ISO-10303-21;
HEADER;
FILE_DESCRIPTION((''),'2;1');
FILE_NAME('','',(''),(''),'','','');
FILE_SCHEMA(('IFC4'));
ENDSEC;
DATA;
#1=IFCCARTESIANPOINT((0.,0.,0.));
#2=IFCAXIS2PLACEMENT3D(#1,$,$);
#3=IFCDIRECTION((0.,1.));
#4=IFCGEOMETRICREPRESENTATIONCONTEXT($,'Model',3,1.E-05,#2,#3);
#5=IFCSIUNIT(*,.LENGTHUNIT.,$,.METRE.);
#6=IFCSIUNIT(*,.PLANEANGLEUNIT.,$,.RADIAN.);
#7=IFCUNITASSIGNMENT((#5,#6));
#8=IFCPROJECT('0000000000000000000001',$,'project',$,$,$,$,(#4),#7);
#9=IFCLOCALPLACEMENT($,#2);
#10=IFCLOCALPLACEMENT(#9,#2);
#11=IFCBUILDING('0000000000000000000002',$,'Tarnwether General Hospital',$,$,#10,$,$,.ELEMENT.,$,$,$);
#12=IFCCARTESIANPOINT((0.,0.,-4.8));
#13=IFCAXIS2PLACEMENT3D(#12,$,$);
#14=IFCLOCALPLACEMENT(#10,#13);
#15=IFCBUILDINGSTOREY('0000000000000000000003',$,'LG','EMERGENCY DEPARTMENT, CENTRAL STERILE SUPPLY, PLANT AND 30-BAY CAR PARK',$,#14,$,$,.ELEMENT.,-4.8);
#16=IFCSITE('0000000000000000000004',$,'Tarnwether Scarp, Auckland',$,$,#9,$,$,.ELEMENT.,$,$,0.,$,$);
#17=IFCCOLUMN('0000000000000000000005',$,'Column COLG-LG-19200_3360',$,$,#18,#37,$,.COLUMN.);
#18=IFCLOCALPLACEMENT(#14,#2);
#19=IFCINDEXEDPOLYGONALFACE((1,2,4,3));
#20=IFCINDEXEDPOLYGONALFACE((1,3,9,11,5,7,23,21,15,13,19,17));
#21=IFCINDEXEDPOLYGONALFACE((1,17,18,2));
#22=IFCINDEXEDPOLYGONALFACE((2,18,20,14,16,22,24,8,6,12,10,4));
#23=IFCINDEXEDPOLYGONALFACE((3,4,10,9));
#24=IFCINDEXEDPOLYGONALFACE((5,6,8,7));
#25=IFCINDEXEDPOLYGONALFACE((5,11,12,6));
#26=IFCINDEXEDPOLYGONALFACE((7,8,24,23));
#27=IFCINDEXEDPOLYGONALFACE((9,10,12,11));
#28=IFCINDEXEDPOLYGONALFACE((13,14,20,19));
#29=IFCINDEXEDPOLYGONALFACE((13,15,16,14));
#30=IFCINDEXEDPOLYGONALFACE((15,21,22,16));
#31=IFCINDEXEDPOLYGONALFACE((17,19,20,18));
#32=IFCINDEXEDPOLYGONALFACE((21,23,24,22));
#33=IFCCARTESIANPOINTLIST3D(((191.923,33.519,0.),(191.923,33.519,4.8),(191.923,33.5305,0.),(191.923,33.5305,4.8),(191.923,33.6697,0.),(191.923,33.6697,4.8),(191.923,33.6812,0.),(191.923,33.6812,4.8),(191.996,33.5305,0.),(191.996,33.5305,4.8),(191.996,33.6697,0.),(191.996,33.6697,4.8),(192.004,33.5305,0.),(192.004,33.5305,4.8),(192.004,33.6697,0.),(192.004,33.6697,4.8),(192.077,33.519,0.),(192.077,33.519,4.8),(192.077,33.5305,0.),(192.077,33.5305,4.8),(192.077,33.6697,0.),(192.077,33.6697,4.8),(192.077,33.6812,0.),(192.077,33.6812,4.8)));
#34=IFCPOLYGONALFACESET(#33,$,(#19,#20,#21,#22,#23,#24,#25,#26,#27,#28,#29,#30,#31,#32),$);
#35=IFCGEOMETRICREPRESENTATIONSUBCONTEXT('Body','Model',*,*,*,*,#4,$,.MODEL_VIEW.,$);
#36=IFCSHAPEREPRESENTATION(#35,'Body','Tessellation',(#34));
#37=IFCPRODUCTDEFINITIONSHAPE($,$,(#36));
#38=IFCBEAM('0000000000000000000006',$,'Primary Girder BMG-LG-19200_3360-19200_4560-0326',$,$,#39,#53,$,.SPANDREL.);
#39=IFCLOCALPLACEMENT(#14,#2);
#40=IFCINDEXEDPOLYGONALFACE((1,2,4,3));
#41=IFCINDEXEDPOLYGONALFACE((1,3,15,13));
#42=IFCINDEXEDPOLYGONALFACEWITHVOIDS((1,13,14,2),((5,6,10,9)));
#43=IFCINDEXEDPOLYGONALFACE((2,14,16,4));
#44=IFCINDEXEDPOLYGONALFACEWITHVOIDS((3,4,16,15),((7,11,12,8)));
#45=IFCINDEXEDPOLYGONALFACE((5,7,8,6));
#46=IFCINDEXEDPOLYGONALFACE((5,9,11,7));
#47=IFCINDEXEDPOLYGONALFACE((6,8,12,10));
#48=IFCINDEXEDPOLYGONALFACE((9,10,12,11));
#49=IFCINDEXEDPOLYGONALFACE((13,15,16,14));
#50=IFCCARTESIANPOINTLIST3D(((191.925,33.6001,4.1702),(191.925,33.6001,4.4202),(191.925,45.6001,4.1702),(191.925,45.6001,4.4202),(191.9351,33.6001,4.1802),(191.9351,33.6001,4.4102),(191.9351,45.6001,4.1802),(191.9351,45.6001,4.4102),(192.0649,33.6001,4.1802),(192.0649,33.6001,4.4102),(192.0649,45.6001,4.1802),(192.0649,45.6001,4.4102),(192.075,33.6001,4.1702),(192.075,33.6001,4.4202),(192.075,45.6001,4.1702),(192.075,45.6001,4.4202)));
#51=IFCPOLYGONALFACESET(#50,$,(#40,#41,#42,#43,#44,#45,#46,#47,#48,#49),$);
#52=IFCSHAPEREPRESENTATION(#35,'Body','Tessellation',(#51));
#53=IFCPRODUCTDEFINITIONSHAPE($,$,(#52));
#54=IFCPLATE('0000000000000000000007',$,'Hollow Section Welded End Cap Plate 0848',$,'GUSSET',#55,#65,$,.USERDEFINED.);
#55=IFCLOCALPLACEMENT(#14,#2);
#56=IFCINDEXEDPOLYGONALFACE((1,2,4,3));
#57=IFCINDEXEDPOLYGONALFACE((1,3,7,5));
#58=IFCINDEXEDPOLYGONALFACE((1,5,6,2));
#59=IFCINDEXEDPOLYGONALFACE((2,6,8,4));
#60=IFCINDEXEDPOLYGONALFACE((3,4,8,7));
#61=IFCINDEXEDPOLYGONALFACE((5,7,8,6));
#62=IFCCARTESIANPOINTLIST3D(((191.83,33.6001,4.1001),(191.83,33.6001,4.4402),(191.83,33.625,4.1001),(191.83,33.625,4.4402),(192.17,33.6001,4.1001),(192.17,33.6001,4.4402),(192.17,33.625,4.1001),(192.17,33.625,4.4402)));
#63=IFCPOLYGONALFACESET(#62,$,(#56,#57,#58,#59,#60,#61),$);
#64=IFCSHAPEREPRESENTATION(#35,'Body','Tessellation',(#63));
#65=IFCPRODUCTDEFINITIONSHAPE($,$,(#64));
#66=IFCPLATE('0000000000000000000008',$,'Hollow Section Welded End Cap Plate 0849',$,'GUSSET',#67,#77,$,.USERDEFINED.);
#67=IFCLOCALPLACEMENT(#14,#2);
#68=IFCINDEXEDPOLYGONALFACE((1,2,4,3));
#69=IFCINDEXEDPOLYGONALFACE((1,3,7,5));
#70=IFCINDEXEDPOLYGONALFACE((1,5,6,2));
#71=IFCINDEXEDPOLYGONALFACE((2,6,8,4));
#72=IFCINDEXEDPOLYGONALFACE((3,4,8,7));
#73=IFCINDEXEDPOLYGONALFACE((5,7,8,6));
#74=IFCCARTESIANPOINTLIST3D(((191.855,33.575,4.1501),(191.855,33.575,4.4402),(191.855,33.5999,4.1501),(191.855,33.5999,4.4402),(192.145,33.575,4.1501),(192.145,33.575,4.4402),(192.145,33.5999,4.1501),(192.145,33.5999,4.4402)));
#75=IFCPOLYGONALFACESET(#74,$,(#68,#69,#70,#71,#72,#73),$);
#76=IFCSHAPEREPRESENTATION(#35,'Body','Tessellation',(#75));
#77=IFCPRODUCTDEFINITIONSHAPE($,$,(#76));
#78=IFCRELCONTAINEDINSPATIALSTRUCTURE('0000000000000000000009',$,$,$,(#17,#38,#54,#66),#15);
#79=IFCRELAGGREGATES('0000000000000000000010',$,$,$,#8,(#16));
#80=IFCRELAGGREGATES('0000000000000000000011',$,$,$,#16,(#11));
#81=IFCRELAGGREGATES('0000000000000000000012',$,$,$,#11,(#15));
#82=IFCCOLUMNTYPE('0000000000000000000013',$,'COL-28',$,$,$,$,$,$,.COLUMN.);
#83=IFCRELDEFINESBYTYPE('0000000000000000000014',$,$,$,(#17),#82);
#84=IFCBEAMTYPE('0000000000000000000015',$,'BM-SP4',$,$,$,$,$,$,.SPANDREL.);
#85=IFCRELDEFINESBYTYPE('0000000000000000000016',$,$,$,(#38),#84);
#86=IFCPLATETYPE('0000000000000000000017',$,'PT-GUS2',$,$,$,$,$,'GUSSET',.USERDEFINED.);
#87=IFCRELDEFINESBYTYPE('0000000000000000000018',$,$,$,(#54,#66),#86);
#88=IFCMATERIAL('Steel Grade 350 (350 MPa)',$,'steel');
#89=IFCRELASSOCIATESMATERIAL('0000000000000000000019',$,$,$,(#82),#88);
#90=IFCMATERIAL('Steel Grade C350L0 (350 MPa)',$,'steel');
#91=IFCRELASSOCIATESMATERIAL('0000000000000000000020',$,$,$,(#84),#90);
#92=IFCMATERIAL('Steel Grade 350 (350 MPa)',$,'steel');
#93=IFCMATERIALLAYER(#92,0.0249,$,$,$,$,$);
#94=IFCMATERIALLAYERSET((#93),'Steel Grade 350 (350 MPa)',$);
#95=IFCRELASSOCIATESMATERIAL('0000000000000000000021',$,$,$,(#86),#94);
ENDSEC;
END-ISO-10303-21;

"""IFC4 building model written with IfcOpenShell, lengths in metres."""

from ifc_helpers import new_model, si_unit, direction, frame, origin, origin_2d, place, context, subcontext, project, spatial, rectangle, hollow_rectangle, i_section, extrude, material, layer, layer_set, material_profile, profile_set, type_object, element, save


model = new_model("IFC4")

# Units and contexts
model_context = context("Model", 3, precision=1e-05, world=origin(), true_north=direction((0.0, 1.0)))
body_context = subcontext(model_context, "Body", "Model", "MODEL_VIEW")
ifc_project = project(units=[si_unit("LENGTHUNIT", "METRE"), si_unit("PLANEANGLEUNIT", "RADIAN")], contexts=[model_context])

# Site, building, storey
site_placement = place(None, origin())
site = spatial("IfcSite", under=ifc_project, at=site_placement, Name="Tarnwether Scarp, Auckland", CompositionType="ELEMENT", RefElevation=0.0)
building_placement = place(site_placement, origin())
building = spatial("IfcBuilding", under=site, at=building_placement, Name="Tarnwether General Hospital", CompositionType="ELEMENT")
storey_placement = place(building_placement, frame((0.0, 0.0, -4.8)))
storey = spatial("IfcBuildingStorey", under=building, at=storey_placement, Name="LG", Description="EMERGENCY DEPARTMENT, CENTRAL STERILE SUPPLY, PLANT AND 30-BAY CAR PARK", CompositionType="ELEMENT", Elevation=-4.8)

# Column
ifc_material_1 = material(Name="Steel Grade 350 (350 MPa)", Category="steel")
ifc_material_profile_1 = material_profile(ifc_material_1, i_section(OverallWidth=0.1541, OverallDepth=0.1621, WebThickness=0.0081, FlangeThickness=0.0115, at=origin_2d()), Name="150UC37.2")
ifc_profile_set_1 = profile_set([ifc_material_profile_1], Name="Steel Grade 350 (350 MPa)")
column_type = type_object("IfcColumnType", Name="COL-28", PredefinedType="COLUMN", material=ifc_profile_set_1)
column_placement = place(storey_placement, frame((192.0, 33.6001, 0.0), z_axis=(0.0, 0.0, 1.0), x_axis=(1.0, 0.0, 0.0)))
element("IfcColumn", 1, at=column_placement, inside=storey, type_object=column_type, Name="Column COLG-LG-19200_3360", PredefinedType="COLUMN", context=body_context, shape_type="SweptSolid", body=[
    extrude(i_section(OverallWidth=0.1541, OverallDepth=0.1621, WebThickness=0.0081, FlangeThickness=0.0115, at=origin_2d()), origin(), (0.0, 0.0, 1.0), 4.8),
])

# Beam
ifc_material_2 = material(Name="Steel Grade C350L0 (350 MPa)", Category="steel")
ifc_material_profile_2 = material_profile(ifc_material_2, hollow_rectangle(XDim=0.1499, YDim=0.25, WallThickness=0.01, at=origin_2d()), Name="RHS250x150x10")
ifc_profile_set_2 = profile_set([ifc_material_profile_2], Name="Steel Grade C350L0 (350 MPa)")
beam_type = type_object("IfcBeamType", Name="BM-SP4", PredefinedType="SPANDREL", material=ifc_profile_set_2)
beam_placement = place(storey_placement, frame((192.0, 33.6001, 4.2952), z_axis=(0.0, 1.0, 0.0), x_axis=(-1.0, 0.0, 0.0)))
element("IfcBeam", 2, at=beam_placement, inside=storey, type_object=beam_type, Name="Primary Girder BMG-LG-19200_3360-19200_4560-0326", PredefinedType="SPANDREL", context=body_context, shape_type="SweptSolid", body=[
    extrude(hollow_rectangle(XDim=0.1499, YDim=0.25, WallThickness=0.01, at=origin_2d()), origin(), (0.0, 0.0, 1.0), 12.0),
])

# Plates
ifc_material_3 = material(Name="Steel Grade 350 (350 MPa)", Category="steel")
ifc_layer = layer(ifc_material_3, 0.0249)
ifc_layer_set = layer_set([ifc_layer], Name="Steel Grade 350 (350 MPa)")
plate_type = type_object("IfcPlateType", Name="PT-GUS2", ElementType="GUSSET", PredefinedType="USERDEFINED", material=ifc_layer_set)
plate_1_placement = place(storey_placement, frame((192.0, 33.6125, 4.1001), z_axis=(0.0, 0.0, 1.0), x_axis=(0.0, 1.0, 0.0)))
element("IfcPlate", 3, at=plate_1_placement, inside=storey, type_object=plate_type, Name="Hollow Section Welded End Cap Plate 0848", ObjectType="GUSSET", PredefinedType="USERDEFINED", context=body_context, shape_type="SweptSolid", body=[
    extrude(rectangle(XDim=0.0249, YDim=0.3401, at=origin_2d()), origin(), (0.0, 0.0, 1.0), 0.3401),
])
plate_2_placement = place(storey_placement, frame((192.0, 33.5874, 4.1501), z_axis=(0.0, 0.0, 1.0), x_axis=(0.0, 1.0, 0.0)))
element("IfcPlate", 4, at=plate_2_placement, inside=storey, type_object=plate_type, Name="Hollow Section Welded End Cap Plate 0849", ObjectType="GUSSET", PredefinedType="USERDEFINED", context=body_context, shape_type="SweptSolid", body=[
    extrude(rectangle(XDim=0.0249, YDim=0.29, at=origin_2d()), origin(), (0.0, 0.0, 1.0), 0.29),
])

save(model, "model.ifc")
